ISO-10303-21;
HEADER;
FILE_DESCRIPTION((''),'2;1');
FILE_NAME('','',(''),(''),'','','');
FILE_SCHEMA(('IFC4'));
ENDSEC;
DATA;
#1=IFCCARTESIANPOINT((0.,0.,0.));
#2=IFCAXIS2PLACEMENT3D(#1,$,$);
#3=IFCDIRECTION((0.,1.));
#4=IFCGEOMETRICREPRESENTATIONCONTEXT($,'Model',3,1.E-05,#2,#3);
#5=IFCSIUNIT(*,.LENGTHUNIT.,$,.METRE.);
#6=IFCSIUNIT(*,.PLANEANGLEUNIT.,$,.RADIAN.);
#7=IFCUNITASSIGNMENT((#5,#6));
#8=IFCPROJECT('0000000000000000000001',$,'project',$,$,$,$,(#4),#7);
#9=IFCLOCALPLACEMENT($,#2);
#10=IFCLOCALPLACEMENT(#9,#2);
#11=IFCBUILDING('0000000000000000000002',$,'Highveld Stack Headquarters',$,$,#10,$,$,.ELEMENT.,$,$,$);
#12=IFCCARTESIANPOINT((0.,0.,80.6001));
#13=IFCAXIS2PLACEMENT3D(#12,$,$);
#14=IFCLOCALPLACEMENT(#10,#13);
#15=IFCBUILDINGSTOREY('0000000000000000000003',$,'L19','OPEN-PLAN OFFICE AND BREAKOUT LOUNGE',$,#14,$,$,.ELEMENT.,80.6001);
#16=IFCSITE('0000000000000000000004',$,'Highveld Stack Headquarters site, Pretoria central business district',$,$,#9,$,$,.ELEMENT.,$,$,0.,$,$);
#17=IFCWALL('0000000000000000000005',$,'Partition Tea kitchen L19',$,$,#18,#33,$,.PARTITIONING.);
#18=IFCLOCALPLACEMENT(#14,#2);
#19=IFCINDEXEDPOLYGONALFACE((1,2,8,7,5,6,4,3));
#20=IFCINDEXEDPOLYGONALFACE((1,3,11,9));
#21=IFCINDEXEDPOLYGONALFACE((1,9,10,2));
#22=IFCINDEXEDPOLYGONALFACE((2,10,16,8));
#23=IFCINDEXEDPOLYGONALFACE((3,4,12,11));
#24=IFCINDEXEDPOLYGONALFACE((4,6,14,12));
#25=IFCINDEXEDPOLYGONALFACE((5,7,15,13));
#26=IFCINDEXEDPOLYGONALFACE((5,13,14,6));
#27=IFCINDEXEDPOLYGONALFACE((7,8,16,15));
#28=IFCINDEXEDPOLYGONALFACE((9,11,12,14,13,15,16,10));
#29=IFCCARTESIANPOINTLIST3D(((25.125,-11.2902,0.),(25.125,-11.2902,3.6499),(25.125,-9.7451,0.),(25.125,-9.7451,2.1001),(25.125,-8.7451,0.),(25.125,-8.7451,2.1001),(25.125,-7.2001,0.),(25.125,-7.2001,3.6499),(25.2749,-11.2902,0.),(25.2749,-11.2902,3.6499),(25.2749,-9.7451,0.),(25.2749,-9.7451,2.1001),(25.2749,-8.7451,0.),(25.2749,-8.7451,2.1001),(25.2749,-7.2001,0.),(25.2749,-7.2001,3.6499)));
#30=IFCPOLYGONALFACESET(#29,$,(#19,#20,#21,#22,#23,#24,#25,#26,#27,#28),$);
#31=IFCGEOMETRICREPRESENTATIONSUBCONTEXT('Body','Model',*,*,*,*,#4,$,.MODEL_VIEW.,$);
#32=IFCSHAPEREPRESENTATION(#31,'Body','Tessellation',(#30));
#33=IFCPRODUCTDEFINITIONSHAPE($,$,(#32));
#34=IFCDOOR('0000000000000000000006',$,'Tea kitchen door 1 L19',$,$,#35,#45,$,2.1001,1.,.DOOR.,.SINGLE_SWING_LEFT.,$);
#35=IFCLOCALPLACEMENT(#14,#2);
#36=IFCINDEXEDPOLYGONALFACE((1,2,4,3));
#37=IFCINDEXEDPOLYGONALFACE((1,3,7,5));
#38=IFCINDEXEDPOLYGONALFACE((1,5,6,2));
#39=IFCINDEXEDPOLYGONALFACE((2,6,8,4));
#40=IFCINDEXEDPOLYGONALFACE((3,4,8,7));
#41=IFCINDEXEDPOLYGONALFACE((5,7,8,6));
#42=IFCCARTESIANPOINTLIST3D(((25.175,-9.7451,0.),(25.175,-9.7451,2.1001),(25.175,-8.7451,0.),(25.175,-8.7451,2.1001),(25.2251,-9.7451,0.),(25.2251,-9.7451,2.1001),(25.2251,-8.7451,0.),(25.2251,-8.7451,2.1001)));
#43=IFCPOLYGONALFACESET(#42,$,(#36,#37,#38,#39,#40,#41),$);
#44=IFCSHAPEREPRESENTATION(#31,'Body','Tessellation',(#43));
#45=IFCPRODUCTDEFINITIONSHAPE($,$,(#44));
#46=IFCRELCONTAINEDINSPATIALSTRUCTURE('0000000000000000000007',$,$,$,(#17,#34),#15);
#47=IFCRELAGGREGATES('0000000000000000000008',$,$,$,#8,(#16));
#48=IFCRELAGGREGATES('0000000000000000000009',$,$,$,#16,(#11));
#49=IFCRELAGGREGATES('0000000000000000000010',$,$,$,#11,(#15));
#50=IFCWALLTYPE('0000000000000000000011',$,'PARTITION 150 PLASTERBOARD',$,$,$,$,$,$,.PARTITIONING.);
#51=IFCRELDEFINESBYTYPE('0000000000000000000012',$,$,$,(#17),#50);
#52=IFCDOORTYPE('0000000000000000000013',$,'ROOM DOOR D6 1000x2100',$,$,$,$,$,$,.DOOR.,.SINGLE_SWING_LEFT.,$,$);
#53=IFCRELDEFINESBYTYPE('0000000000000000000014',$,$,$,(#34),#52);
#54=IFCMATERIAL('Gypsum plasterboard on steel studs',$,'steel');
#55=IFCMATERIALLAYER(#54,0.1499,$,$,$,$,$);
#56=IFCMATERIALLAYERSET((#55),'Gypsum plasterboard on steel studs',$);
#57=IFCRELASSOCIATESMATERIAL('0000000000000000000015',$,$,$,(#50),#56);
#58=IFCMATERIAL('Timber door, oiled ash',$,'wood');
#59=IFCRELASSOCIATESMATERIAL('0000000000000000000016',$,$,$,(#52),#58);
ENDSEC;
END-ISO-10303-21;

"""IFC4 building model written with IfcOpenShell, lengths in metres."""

from ifc_helpers import new_model, si_unit, direction, frame, frame_2d, origin, place, context, subcontext, project, spatial, rectangle, extrude, material, layer, layer_set, type_object, element, fill, save


model = new_model("IFC4")

# Units and contexts
model_context = context("Model", 3, precision=1e-05, world=origin(), true_north=direction((0.0, 1.0)))
body_context = subcontext(model_context, "Body", "Model", "MODEL_VIEW")
ifc_project = project(units=[si_unit("LENGTHUNIT", "METRE"), si_unit("PLANEANGLEUNIT", "RADIAN")], contexts=[model_context])

# Site, building, storey
site_placement = place(None, origin())
site = spatial("IfcSite", under=ifc_project, at=site_placement, Name="Highveld Stack Headquarters site, Pretoria central business district", CompositionType="ELEMENT", RefElevation=0.0)
building_placement = place(site_placement, origin())
building = spatial("IfcBuilding", under=site, at=building_placement, Name="Highveld Stack Headquarters", CompositionType="ELEMENT")
storey_placement = place(building_placement, frame((0.0, 0.0, 80.6001)))
storey = spatial("IfcBuildingStorey", under=building, at=storey_placement, Name="L19", Description="OPEN-PLAN OFFICE AND BREAKOUT LOUNGE", CompositionType="ELEMENT", Elevation=80.6001)

# Shared definitions
ifc_material_1 = material(Name="Gypsum plasterboard on steel studs", Category="steel")
ifc_layer_1 = layer(ifc_material_1, 0.1499)
ifc_layer_set_1 = layer_set([ifc_layer_1], Name="Gypsum plasterboard on steel studs")
wall_type = type_object("IfcWallType", Name="PARTITION 150 PLASTERBOARD", PredefinedType="PARTITIONING", material=ifc_layer_set_1)

# Wall, opening, door
wall_1_placement = place(storey_placement, frame((25.2, -11.29, 0.0), z_axis=(0.0, 0.0, 1.0), x_axis=(0.0, 1.0, 0.0)))
wall_1 = element("IfcWall", 1, at=wall_1_placement, inside=storey, type_object=wall_type, Name="Partition Tea kitchen L19", PredefinedType="PARTITIONING", context=body_context, shape_type="SweptSolid", body=[
    extrude(rectangle(XDim=4.0901, YDim=0.1499, at=frame_2d((2.0449, 0.0))), origin(), (0.0, 0.0, 1.0), 3.6499),
])
opening_placement = place(wall_1_placement, frame((1.5449, 0.0, 0.0)))
opening = element("IfcOpeningElement", 2, at=opening_placement, cuts=wall_1, PredefinedType="OPENING", context=body_context, shape_type="SweptSolid", body=[
    extrude(rectangle(XDim=1.0, YDim=2.1001, at=frame_2d((0.5, 1.05))), frame((0.0, 0.085, 0.0), z_axis=(0.0, -1.0, 0.0), x_axis=(1.0, 0.0, 0.0)), (0.0, 0.0, 1.0), 0.1699),
])
ifc_material_2 = material(Name="Timber door, oiled ash", Category="wood")
door_type = type_object("IfcDoorType", Name="ROOM DOOR D6 1000x2100", OperationType="SINGLE_SWING_LEFT", PredefinedType="DOOR", material=ifc_material_2)
door_placement = place(opening_placement, origin())
door = element("IfcDoor", 3, at=door_placement, inside=storey, type_object=door_type, Name="Tea kitchen door 1 L19", OperationType="SINGLE_SWING_LEFT", OverallHeight=2.1001, OverallWidth=1.0, PredefinedType="DOOR", context=body_context, shape_type="SweptSolid", body=[
    extrude(rectangle(XDim=1.0, YDim=2.1001, at=frame_2d((0.5, 1.05))), frame((0.0, 0.0249, 0.0), z_axis=(0.0, -1.0, 0.0), x_axis=(1.0, 0.0, 0.0)), (0.0, 0.0, 1.0), 0.05),
])
fill(opening, door)

save(model, "model.ifc")
